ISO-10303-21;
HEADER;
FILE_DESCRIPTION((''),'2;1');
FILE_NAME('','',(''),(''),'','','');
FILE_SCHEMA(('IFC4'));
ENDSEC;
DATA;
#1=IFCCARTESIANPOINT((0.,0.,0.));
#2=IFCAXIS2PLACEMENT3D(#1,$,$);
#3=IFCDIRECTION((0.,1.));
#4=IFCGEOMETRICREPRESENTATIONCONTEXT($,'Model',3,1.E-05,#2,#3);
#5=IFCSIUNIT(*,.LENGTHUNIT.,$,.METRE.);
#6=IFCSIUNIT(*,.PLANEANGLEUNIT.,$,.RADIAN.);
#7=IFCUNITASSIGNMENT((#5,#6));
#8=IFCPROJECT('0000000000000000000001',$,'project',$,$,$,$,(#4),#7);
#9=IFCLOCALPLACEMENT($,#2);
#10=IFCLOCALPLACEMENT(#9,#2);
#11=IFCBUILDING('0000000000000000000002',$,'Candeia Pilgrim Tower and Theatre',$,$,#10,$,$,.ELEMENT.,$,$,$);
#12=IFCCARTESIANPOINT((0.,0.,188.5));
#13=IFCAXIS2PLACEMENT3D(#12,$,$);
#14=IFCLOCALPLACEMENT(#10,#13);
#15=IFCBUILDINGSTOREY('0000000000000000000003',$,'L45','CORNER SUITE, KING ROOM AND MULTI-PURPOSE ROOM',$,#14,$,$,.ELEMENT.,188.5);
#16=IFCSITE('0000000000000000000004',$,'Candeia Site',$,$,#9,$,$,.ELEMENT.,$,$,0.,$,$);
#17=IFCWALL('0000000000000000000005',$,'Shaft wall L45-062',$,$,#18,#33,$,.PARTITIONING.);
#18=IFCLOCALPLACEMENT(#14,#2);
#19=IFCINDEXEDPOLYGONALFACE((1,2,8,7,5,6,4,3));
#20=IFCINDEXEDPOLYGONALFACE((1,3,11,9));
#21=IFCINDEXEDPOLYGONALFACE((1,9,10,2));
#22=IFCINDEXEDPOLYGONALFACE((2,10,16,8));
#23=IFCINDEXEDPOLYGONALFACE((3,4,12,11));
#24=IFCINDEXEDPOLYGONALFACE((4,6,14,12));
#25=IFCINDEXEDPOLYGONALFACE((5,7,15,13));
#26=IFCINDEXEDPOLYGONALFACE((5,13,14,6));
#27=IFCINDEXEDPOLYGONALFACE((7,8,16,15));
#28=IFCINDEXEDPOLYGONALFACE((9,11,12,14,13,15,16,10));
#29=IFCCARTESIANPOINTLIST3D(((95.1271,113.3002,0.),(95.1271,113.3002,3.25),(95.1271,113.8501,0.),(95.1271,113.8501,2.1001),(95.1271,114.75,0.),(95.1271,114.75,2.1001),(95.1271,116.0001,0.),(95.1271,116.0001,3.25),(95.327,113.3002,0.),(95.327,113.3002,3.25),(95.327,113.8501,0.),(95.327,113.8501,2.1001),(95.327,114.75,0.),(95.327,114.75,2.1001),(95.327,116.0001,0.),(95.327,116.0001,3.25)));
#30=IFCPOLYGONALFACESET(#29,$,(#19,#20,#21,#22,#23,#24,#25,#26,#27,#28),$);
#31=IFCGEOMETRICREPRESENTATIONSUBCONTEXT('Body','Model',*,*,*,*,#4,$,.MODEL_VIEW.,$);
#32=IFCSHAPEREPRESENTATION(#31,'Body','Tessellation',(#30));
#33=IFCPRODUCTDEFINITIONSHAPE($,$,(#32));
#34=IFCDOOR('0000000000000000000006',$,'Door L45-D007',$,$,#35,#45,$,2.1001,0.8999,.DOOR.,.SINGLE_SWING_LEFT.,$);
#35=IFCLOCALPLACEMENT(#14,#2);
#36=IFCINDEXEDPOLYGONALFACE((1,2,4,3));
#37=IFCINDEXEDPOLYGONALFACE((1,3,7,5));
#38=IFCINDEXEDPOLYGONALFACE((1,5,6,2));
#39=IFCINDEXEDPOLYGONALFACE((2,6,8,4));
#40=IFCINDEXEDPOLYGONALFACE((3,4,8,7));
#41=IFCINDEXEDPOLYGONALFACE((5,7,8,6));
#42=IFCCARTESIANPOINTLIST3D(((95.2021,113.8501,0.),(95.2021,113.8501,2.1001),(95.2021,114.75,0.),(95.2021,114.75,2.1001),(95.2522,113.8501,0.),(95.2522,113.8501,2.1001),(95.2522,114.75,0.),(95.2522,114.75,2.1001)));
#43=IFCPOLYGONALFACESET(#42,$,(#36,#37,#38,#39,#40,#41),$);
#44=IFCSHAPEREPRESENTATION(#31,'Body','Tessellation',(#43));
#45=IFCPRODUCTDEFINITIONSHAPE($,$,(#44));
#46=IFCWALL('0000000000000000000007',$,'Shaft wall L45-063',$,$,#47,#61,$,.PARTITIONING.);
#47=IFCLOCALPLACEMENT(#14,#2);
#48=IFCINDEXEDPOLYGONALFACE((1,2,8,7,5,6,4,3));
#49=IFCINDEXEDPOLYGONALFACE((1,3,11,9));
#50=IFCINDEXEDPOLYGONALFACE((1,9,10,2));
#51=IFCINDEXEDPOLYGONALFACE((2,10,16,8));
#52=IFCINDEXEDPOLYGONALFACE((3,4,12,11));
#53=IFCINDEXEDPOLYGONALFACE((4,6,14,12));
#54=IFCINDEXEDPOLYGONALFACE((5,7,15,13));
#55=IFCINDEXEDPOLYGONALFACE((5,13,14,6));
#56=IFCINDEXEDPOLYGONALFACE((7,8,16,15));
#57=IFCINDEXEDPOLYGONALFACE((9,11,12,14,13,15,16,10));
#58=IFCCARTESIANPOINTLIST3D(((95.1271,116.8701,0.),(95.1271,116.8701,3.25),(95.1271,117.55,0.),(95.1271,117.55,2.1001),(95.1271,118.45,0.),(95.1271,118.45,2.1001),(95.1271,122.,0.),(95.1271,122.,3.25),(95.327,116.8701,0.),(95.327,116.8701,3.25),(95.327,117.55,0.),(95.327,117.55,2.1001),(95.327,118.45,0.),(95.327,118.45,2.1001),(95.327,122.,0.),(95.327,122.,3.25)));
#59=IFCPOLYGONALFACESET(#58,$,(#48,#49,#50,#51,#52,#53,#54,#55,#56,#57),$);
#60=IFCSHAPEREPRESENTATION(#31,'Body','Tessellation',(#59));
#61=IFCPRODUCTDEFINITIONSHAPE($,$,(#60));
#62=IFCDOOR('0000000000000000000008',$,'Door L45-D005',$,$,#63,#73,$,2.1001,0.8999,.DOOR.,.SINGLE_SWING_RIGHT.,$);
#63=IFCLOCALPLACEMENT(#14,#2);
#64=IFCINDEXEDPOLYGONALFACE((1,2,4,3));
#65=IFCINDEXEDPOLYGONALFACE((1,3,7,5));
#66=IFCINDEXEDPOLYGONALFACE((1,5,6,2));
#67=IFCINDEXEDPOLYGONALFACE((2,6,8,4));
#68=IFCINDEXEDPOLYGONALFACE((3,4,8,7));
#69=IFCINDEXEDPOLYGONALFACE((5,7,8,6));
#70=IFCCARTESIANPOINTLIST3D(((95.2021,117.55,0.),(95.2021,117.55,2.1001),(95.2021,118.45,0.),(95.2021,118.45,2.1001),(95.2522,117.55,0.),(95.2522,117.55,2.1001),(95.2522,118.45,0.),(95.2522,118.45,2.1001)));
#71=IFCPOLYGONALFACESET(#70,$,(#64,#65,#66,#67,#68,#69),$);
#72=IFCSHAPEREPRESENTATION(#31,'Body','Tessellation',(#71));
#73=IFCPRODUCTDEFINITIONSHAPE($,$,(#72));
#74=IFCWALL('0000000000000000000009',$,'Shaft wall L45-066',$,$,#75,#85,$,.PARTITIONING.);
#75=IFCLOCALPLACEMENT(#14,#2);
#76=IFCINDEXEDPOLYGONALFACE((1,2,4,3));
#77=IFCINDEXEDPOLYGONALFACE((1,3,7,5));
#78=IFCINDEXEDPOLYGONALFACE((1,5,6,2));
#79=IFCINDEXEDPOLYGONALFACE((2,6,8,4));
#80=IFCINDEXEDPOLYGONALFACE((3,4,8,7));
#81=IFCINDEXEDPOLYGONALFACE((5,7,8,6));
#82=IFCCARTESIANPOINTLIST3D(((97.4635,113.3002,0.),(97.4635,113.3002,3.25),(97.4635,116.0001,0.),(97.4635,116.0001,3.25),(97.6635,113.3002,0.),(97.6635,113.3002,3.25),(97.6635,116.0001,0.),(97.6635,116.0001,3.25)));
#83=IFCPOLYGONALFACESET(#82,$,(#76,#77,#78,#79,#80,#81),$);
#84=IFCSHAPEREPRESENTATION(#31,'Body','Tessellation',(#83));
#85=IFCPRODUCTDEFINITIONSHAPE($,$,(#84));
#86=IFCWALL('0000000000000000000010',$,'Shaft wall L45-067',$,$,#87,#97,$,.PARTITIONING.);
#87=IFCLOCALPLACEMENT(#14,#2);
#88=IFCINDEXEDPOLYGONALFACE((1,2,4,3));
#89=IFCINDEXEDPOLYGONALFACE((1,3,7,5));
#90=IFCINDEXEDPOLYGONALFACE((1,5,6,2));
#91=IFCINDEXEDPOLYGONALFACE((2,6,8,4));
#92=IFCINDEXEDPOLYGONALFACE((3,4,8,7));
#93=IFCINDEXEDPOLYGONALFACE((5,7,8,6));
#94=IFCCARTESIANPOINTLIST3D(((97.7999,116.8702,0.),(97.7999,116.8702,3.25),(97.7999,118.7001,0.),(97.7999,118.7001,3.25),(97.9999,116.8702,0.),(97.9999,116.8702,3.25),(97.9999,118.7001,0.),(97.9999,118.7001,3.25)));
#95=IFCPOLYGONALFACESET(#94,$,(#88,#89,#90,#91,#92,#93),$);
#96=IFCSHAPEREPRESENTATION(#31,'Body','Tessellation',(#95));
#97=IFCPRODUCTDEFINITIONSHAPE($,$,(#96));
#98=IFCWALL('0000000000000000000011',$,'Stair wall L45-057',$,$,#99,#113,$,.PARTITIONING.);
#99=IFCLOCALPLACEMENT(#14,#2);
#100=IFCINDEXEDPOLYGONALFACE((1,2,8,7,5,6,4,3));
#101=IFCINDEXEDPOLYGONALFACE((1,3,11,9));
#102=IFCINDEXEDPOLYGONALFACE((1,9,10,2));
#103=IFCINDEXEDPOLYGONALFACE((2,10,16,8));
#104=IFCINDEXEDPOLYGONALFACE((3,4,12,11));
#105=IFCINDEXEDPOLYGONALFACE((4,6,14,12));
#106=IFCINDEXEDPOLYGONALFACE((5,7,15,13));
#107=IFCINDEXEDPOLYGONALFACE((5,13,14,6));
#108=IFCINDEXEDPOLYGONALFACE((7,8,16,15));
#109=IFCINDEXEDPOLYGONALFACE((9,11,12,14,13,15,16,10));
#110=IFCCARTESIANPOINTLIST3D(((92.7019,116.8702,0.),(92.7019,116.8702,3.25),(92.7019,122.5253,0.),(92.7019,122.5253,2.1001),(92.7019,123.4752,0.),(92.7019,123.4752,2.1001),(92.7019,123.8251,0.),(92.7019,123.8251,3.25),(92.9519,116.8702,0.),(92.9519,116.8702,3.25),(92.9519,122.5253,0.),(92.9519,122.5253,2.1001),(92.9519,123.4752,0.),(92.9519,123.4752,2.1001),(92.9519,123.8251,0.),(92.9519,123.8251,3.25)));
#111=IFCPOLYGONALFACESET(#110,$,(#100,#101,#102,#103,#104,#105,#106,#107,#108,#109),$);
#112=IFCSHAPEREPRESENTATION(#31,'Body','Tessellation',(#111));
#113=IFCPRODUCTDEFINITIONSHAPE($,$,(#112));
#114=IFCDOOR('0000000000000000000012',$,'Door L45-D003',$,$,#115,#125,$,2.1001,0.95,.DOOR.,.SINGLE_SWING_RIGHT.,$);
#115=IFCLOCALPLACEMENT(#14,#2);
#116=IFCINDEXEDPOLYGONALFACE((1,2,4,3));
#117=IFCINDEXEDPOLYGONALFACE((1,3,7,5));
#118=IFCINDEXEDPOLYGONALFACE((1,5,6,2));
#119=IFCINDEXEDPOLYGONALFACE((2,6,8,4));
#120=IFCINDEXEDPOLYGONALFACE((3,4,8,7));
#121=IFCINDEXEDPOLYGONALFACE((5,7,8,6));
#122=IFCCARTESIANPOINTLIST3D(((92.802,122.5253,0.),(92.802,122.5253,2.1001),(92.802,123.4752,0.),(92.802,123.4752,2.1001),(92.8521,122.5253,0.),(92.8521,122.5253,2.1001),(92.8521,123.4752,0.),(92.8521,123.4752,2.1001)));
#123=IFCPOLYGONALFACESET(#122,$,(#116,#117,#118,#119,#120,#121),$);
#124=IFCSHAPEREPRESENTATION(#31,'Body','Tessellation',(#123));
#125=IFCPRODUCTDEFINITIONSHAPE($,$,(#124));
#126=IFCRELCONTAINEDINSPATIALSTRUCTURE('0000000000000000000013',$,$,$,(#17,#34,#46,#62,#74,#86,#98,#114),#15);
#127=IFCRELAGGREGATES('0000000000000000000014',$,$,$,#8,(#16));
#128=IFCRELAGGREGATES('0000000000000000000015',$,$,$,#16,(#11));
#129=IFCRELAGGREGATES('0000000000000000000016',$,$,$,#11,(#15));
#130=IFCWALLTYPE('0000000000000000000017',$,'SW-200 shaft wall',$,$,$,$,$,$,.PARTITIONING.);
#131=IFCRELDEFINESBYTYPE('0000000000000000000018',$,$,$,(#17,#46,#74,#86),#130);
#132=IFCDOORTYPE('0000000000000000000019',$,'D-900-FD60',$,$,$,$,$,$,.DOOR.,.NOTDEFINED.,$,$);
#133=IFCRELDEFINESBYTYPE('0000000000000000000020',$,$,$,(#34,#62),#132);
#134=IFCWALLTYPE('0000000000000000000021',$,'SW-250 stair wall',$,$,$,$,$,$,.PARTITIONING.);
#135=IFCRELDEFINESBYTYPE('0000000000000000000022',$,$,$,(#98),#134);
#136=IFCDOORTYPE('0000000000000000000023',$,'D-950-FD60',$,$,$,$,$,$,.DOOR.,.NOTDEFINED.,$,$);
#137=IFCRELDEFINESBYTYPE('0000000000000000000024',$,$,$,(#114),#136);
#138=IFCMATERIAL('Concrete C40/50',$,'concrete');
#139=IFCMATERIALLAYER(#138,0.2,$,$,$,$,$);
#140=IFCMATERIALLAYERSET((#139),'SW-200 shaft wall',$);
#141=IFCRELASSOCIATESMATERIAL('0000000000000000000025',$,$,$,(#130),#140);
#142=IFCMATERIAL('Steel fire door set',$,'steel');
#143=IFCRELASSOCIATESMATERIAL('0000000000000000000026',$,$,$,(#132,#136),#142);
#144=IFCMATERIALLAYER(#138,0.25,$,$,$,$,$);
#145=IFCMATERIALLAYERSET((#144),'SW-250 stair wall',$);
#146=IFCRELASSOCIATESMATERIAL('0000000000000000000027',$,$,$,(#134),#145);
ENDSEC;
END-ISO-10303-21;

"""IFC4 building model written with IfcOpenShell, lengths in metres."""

from ifc_helpers import new_model, si_unit, direction, frame, frame_2d, origin, place, context, subcontext, project, spatial, rectangle, extrude, material, layer, layer_set, type_object, element, fill, save


model = new_model("IFC4")

# Units and contexts
model_context = context("Model", 3, precision=1e-05, world=origin(), true_north=direction((0.0, 1.0)))
body_context = subcontext(model_context, "Body", "Model", "MODEL_VIEW")
ifc_project = project(units=[si_unit("LENGTHUNIT", "METRE"), si_unit("PLANEANGLEUNIT", "RADIAN")], contexts=[model_context])

# Site, building, storey
site_placement = place(None, origin())
site = spatial("IfcSite", under=ifc_project, at=site_placement, Name="Candeia Site", CompositionType="ELEMENT", RefElevation=0.0)
building_placement = place(site_placement, origin())
building = spatial("IfcBuilding", under=site, at=building_placement, Name="Candeia Pilgrim Tower and Theatre", CompositionType="ELEMENT")
storey_placement = place(building_placement, frame((0.0, 0.0, 188.5)))
storey = spatial("IfcBuildingStorey", under=building, at=storey_placement, Name="L45", Description="CORNER SUITE, KING ROOM AND MULTI-PURPOSE ROOM", CompositionType="ELEMENT", Elevation=188.5)

# Shared definitions
ifc_material_1 = material(Name="Steel fire door set", Category="steel")

# Shared definitions
ifc_material_2 = material(Name="Concrete C40/50", Category="concrete")
ifc_layer_1 = layer(ifc_material_2, 0.2)
ifc_layer_set_1 = layer_set([ifc_layer_1], Name="SW-200 shaft wall")
wall_type_1 = type_object("IfcWallType", Name="SW-200 shaft wall", PredefinedType="PARTITIONING", material=ifc_layer_set_1)

# Walls, openings, doors
wall_1_placement = place(storey_placement, frame((95.2271, 113.3, 0.0), z_axis=(0.0, 0.0, 1.0), x_axis=(0.0, 1.0, 0.0)))
wall_1 = element("IfcWall", 1, at=wall_1_placement, inside=storey, type_object=wall_type_1, Name="Shaft wall L45-062", PredefinedType="PARTITIONING", context=body_context, shape_type="SweptSolid", body=[
    extrude(rectangle(XDim=2.7, YDim=0.2, at=frame_2d((1.3501, 0.0))), origin(), (0.0, 0.0, 1.0), 3.25),
])
opening_1_placement = place(wall_1_placement, frame((0.55, 0.0, 0.0)))
opening_1 = element("IfcOpeningElement", 2, at=opening_1_placement, cuts=wall_1, PredefinedType="OPENING", context=body_context, shape_type="SweptSolid", body=[
    extrude(rectangle(XDim=0.8999, YDim=2.1001, at=frame_2d((0.45, 1.05))), frame((0.0, 0.1099, 0.0), z_axis=(0.0, -1.0, 0.0), x_axis=(1.0, 0.0, 0.0)), (0.0, 0.0, 1.0), 0.22),
])
door_type_1 = type_object("IfcDoorType", Name="D-900-FD60", OperationType="NOTDEFINED", PredefinedType="DOOR", material=ifc_material_1)
door_1_placement = place(opening_1_placement, origin())
door_1 = element("IfcDoor", 3, at=door_1_placement, inside=storey, type_object=door_type_1, Name="Door L45-D007", OperationType="SINGLE_SWING_LEFT", OverallHeight=2.1001, OverallWidth=0.8999, PredefinedType="DOOR", context=body_context, shape_type="SweptSolid", body=[
    extrude(rectangle(XDim=0.8999, YDim=2.1001, at=frame_2d((0.45, 1.05))), frame((0.0, 0.0249, 0.0), z_axis=(0.0, -1.0, 0.0), x_axis=(1.0, 0.0, 0.0)), (0.0, 0.0, 1.0), 0.05),
])
fill(opening_1, door_1)
wall_2_placement = place(storey_placement, frame((95.2271, 116.8701, 0.0), z_axis=(0.0, 0.0, 1.0), x_axis=(0.0, 1.0, 0.0)))
wall_2 = element("IfcWall", 4, at=wall_2_placement, inside=storey, type_object=wall_type_1, Name="Shaft wall L45-063", PredefinedType="PARTITIONING", context=body_context, shape_type="SweptSolid", body=[
    extrude(rectangle(XDim=5.1299, YDim=0.2, at=frame_2d((2.5649, 0.0))), origin(), (0.0, 0.0, 1.0), 3.25),
])
opening_2_placement = place(wall_2_placement, frame((0.6799, 0.0, 0.0)))
opening_2 = element("IfcOpeningElement", 5, at=opening_2_placement, cuts=wall_2, PredefinedType="OPENING", context=body_context, shape_type="SweptSolid", body=[
    extrude(rectangle(XDim=0.8999, YDim=2.1001, at=frame_2d((0.45, 1.05))), frame((0.0, 0.1099, 0.0), z_axis=(0.0, -1.0, 0.0), x_axis=(1.0, 0.0, 0.0)), (0.0, 0.0, 1.0), 0.22),
])
door_2_placement = place(opening_2_placement, origin())
door_2 = element("IfcDoor", 6, at=door_2_placement, inside=storey, type_object=door_type_1, Name="Door L45-D005", OperationType="SINGLE_SWING_RIGHT", OverallHeight=2.1001, OverallWidth=0.8999, PredefinedType="DOOR", context=body_context, shape_type="SweptSolid", body=[
    extrude(rectangle(XDim=0.8999, YDim=2.1001, at=frame_2d((0.45, 1.05))), frame((0.0, 0.0249, 0.0), z_axis=(0.0, -1.0, 0.0), x_axis=(1.0, 0.0, 0.0)), (0.0, 0.0, 1.0), 0.05),
])
fill(opening_2, door_2)

# Walls
wall_3_placement = place(storey_placement, frame((97.5635, 113.3, 0.0), z_axis=(0.0, 0.0, 1.0), x_axis=(0.0, 1.0, 0.0)))
element("IfcWall", 7, at=wall_3_placement, inside=storey, type_object=wall_type_1, Name="Shaft wall L45-066", PredefinedType="PARTITIONING", context=body_context, shape_type="SweptSolid", body=[
    extrude(rectangle(XDim=2.7, YDim=0.2, at=frame_2d((1.3501, 0.0))), origin(), (0.0, 0.0, 1.0), 3.25),
])
wall_4_placement = place(storey_placement, frame((97.8999, 116.8701, 0.0), z_axis=(0.0, 0.0, 1.0), x_axis=(0.0, 1.0, 0.0)))
element("IfcWall", 8, at=wall_4_placement, inside=storey, type_object=wall_type_1, Name="Shaft wall L45-067", PredefinedType="PARTITIONING", context=body_context, shape_type="SweptSolid", body=[
    extrude(rectangle(XDim=1.8298, YDim=0.2, at=frame_2d((0.915, 0.0))), origin(), (0.0, 0.0, 1.0), 3.25),
])

# Wall, opening, door
ifc_layer_2 = layer(ifc_material_2, 0.25)
ifc_layer_set_2 = layer_set([ifc_layer_2], Name="SW-250 stair wall")
wall_type_2 = type_object("IfcWallType", Name="SW-250 stair wall", PredefinedType="PARTITIONING", material=ifc_layer_set_2)
wall_5_placement = place(storey_placement, frame((92.8269, 116.8701, 0.0), z_axis=(0.0, 0.0, 1.0), x_axis=(0.0, 1.0, 0.0)))
wall_5 = element("IfcWall", 9, at=wall_5_placement, inside=storey, type_object=wall_type_2, Name="Stair wall L45-057", PredefinedType="PARTITIONING", context=body_context, shape_type="SweptSolid", body=[
    extrude(rectangle(XDim=6.9548, YDim=0.25, at=frame_2d((3.4775, 0.0))), origin(), (0.0, 0.0, 1.0), 3.25),
])
opening_3_placement = place(wall_5_placement, frame((5.655, 0.0, 0.0)))
opening_3 = element("IfcOpeningElement", 10, at=opening_3_placement, cuts=wall_5, PredefinedType="OPENING", context=body_context, shape_type="SweptSolid", body=[
    extrude(rectangle(XDim=0.95, YDim=2.1001, at=frame_2d((0.4751, 1.05))), frame((0.0, 0.135, 0.0), z_axis=(0.0, -1.0, 0.0), x_axis=(1.0, 0.0, 0.0)), (0.0, 0.0, 1.0), 0.27),
])
door_type_2 = type_object("IfcDoorType", Name="D-950-FD60", OperationType="NOTDEFINED", PredefinedType="DOOR", material=ifc_material_1)
door_3_placement = place(opening_3_placement, origin())
door_3 = element("IfcDoor", 11, at=door_3_placement, inside=storey, type_object=door_type_2, Name="Door L45-D003", OperationType="SINGLE_SWING_RIGHT", OverallHeight=2.1001, OverallWidth=0.95, PredefinedType="DOOR", context=body_context, shape_type="SweptSolid", body=[
    extrude(rectangle(XDim=0.95, YDim=2.1001, at=frame_2d((0.4751, 1.05))), frame((0.0, 0.0249, 0.0), z_axis=(0.0, -1.0, 0.0), x_axis=(1.0, 0.0, 0.0)), (0.0, 0.0, 1.0), 0.05),
])
fill(opening_3, door_3)

save(model, "model.ifc")
